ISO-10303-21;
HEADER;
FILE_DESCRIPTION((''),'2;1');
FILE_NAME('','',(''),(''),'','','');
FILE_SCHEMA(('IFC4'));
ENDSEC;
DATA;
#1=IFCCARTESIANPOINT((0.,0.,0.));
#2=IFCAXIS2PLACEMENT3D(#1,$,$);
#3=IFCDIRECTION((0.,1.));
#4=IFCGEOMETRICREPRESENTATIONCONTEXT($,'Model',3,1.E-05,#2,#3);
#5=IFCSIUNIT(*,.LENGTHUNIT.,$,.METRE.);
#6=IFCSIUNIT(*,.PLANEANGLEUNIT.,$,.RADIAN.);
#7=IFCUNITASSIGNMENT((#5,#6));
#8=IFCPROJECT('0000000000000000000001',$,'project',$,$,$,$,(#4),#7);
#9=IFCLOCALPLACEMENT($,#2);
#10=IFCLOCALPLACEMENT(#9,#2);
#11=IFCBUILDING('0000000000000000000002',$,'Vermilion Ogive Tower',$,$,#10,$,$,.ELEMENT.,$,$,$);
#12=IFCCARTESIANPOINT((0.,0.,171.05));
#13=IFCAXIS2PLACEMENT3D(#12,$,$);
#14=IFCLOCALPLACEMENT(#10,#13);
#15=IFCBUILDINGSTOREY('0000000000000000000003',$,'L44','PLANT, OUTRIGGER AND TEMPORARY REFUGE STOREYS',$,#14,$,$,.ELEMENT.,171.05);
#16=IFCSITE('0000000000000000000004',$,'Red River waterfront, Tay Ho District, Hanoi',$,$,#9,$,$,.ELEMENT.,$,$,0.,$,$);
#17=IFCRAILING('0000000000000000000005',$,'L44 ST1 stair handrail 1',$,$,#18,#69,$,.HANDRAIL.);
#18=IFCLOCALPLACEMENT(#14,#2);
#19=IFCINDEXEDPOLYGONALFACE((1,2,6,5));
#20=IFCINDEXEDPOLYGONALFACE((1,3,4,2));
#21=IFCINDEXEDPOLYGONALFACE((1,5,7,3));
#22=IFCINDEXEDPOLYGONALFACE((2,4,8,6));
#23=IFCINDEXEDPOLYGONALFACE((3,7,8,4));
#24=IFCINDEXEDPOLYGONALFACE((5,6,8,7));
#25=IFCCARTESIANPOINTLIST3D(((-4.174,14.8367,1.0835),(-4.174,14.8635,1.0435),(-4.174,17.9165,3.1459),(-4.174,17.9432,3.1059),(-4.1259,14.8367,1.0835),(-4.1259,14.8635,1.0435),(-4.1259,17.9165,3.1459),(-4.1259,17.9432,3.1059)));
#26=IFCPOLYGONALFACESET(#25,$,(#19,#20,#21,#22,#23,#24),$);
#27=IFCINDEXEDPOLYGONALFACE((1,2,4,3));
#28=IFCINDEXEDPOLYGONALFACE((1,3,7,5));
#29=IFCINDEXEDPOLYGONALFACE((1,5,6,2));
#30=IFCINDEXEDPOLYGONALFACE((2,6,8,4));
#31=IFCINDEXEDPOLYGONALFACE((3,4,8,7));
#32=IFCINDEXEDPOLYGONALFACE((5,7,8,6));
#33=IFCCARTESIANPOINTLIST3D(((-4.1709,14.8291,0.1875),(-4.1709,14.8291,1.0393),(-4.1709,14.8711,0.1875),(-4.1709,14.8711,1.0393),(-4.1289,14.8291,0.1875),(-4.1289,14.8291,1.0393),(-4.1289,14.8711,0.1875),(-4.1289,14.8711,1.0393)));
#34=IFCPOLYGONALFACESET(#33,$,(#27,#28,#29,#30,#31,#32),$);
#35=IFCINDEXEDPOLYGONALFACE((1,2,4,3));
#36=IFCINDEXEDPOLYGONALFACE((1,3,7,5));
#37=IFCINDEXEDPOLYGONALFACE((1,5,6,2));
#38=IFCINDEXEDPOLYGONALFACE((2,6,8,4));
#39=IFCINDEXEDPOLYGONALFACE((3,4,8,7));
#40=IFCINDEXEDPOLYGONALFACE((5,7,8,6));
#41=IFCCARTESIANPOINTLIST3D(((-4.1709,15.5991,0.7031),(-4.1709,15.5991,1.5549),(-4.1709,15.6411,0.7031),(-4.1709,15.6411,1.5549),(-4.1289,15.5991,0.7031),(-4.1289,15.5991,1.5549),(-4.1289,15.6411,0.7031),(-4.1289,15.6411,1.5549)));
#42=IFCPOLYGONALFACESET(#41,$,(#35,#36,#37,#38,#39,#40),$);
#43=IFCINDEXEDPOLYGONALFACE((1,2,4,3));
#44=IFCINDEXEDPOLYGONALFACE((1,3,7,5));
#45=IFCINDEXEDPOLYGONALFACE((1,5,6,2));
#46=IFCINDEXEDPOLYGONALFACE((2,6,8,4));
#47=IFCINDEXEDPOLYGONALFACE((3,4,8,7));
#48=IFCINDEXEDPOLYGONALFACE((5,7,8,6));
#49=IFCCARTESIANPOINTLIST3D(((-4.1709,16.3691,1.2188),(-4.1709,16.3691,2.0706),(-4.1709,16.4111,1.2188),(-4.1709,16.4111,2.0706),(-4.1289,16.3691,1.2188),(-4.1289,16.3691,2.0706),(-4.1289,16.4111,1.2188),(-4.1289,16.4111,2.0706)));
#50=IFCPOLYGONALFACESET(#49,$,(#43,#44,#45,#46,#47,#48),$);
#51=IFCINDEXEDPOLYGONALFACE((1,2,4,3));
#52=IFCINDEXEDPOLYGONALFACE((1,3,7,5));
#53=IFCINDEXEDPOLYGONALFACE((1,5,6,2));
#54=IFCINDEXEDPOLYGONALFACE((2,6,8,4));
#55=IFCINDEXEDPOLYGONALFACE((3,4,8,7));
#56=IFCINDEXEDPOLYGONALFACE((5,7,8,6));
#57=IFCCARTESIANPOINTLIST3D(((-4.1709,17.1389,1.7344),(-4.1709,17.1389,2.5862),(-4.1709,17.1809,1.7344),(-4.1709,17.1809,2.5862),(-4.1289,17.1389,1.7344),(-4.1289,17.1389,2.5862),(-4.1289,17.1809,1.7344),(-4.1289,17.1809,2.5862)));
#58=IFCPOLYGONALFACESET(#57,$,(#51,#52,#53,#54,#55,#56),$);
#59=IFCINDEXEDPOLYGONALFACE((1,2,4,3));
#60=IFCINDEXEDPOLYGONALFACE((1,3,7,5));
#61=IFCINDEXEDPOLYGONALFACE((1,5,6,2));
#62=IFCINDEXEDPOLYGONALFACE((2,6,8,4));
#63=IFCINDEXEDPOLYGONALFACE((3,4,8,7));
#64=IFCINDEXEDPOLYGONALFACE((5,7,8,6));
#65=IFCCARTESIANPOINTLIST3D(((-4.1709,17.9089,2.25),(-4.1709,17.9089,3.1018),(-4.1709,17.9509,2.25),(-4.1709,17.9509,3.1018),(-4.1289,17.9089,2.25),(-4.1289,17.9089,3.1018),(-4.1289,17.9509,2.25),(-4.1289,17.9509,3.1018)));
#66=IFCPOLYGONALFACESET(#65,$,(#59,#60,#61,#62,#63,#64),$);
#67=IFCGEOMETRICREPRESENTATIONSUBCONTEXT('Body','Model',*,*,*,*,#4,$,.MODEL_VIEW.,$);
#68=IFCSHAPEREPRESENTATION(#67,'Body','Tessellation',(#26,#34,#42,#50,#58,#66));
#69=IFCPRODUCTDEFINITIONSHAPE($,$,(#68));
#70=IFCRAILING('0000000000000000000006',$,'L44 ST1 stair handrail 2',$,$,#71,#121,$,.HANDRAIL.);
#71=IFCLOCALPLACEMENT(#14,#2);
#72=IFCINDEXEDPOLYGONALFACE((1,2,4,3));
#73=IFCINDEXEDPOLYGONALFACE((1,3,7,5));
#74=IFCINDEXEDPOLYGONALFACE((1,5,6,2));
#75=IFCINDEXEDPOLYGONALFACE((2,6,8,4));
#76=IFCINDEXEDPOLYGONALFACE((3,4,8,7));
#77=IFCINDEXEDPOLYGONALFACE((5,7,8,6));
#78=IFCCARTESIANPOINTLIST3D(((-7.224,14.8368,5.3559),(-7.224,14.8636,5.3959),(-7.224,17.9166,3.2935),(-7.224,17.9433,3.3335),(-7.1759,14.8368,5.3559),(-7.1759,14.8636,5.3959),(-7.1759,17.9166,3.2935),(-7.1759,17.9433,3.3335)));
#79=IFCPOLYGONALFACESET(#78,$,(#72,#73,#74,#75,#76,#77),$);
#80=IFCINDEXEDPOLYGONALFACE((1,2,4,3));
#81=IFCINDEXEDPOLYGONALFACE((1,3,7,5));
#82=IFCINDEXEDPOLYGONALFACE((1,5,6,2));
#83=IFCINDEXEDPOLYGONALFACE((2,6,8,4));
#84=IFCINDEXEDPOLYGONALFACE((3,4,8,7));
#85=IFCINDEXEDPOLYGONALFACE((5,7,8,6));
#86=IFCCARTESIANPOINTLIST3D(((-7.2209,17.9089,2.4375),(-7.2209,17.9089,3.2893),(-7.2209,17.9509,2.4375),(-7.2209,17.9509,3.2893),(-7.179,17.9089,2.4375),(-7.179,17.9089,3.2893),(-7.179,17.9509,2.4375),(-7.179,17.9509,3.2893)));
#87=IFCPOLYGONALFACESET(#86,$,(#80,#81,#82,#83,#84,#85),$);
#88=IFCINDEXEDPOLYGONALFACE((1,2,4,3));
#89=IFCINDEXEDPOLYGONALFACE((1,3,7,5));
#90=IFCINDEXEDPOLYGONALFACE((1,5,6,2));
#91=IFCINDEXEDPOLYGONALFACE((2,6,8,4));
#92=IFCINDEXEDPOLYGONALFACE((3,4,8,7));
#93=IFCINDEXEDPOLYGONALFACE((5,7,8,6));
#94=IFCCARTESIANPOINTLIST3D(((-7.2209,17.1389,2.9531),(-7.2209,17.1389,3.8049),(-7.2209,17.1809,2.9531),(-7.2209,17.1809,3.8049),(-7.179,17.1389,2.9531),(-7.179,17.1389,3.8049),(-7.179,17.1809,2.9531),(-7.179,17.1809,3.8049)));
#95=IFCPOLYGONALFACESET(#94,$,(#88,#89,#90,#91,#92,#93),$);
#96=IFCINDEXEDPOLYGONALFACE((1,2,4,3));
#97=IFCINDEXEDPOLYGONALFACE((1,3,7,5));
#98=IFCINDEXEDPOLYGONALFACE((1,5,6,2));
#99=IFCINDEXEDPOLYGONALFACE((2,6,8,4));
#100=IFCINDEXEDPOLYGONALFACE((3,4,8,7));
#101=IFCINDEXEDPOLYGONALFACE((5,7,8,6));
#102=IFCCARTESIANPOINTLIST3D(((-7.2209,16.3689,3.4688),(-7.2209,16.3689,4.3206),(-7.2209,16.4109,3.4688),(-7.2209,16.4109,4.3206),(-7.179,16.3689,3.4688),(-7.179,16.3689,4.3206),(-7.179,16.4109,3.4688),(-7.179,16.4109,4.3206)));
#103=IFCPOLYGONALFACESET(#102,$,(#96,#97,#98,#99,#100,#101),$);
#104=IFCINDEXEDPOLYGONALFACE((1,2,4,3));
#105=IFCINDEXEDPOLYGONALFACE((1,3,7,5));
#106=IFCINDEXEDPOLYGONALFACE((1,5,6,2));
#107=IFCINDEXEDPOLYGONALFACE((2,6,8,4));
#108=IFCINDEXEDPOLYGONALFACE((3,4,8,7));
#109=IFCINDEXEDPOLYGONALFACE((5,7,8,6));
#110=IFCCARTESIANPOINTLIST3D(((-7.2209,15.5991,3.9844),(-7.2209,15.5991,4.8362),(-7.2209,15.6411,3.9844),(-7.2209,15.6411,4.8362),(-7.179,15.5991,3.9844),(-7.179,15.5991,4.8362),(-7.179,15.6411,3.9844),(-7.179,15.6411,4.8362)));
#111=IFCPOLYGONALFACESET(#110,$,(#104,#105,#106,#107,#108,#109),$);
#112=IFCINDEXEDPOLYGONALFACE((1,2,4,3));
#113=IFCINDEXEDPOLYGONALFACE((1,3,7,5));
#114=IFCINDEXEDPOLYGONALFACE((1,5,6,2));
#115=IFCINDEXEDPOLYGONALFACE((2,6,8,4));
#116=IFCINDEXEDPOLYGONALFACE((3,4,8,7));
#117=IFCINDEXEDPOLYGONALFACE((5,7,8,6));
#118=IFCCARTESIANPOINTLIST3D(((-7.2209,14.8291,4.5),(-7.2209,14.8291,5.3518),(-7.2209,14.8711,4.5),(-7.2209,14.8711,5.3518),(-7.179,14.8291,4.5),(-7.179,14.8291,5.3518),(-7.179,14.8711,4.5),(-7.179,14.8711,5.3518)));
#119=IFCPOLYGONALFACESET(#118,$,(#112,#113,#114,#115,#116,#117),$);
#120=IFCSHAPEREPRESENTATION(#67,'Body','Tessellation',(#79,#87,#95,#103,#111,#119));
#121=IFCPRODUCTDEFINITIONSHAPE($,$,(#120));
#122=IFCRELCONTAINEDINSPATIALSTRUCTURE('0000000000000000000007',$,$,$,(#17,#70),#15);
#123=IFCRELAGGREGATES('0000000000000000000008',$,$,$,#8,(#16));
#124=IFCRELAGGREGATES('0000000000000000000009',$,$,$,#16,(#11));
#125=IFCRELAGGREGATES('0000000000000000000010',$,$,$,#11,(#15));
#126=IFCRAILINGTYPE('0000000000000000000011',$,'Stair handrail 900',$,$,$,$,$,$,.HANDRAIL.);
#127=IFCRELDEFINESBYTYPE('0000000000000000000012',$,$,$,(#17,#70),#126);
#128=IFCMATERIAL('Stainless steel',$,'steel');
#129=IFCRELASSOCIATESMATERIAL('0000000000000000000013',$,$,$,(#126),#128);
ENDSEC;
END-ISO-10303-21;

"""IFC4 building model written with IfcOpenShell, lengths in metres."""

from ifc_helpers import new_model, si_unit, direction, frame, origin, origin_2d, place, context, subcontext, project, spatial, rectangle, extrude, material, type_object, element, save


model = new_model("IFC4")

# Units and contexts
model_context = context("Model", 3, precision=1e-05, world=origin(), true_north=direction((0.0, 1.0)))
body_context = subcontext(model_context, "Body", "Model", "MODEL_VIEW")
ifc_project = project(units=[si_unit("LENGTHUNIT", "METRE"), si_unit("PLANEANGLEUNIT", "RADIAN")], contexts=[model_context])

# Site, building, storey
site_placement = place(None, origin())
site = spatial("IfcSite", under=ifc_project, at=site_placement, Name="Red River waterfront, Tay Ho District, Hanoi", CompositionType="ELEMENT", RefElevation=0.0)
building_placement = place(site_placement, origin())
building = spatial("IfcBuilding", under=site, at=building_placement, Name="Vermilion Ogive Tower", CompositionType="ELEMENT")
storey_placement = place(building_placement, frame((0.0, 0.0, 171.05)))
storey = spatial("IfcBuildingStorey", under=building, at=storey_placement, Name="L44", Description="PLANT, OUTRIGGER AND TEMPORARY REFUGE STOREYS", CompositionType="ELEMENT", Elevation=171.05)

# Railings
ifc_material_1 = material(Name="Stainless steel", Category="steel")
railing_type_1 = type_object("IfcRailingType", Name="Stair handrail 900", PredefinedType="HANDRAIL", material=ifc_material_1)
railing_1_placement = place(storey_placement, frame((-4.1499, 14.8501, 0.1875)))
element("IfcRailing", 1, at=railing_1_placement, inside=storey, type_object=railing_type_1, Name="L44 ST1 stair handrail 1", PredefinedType="HANDRAIL", context=body_context, shape_type="SweptSolid", body=[
    extrude(rectangle(XDim=0.0481, YDim=0.0481, at=origin_2d()), frame((0.0, 0.0, 0.876), z_axis=(0.0, 0.830893, 0.556432), x_axis=(-1.0, 0.0, 0.0)), (0.0, 0.0, 1.0), 3.7065),
    extrude(rectangle(XDim=0.042, YDim=0.042, at=origin_2d()), origin(), (0.0, 0.0, 1.0), 0.8518),
    extrude(rectangle(XDim=0.042, YDim=0.042, at=origin_2d()), frame((0.0, 0.77, 0.5156)), (0.0, 0.0, 1.0), 0.8518),
    extrude(rectangle(XDim=0.042, YDim=0.042, at=origin_2d()), frame((0.0, 1.54, 1.0312)), (0.0, 0.0, 1.0), 0.8518),
    extrude(rectangle(XDim=0.042, YDim=0.042, at=origin_2d()), frame((0.0, 2.3098, 1.5469)), (0.0, 0.0, 1.0), 0.8518),
    extrude(rectangle(XDim=0.042, YDim=0.042, at=origin_2d()), frame((0.0, 3.0798, 2.0625)), (0.0, 0.0, 1.0), 0.8518),
])
railing_2_placement = place(storey_placement, frame((-7.2, 17.9299, 2.4375)))
element("IfcRailing", 2, at=railing_2_placement, inside=storey, type_object=railing_type_1, Name="L44 ST1 stair handrail 2", PredefinedType="HANDRAIL", context=body_context, shape_type="SweptSolid", body=[
    extrude(rectangle(XDim=0.0481, YDim=0.0481, at=origin_2d()), frame((0.0, 0.0, 0.876), z_axis=(0.0, -0.830893, 0.556432), x_axis=(1.0, 0.0, 0.0)), (0.0, 0.0, 1.0), 3.7065),
    extrude(rectangle(XDim=0.042, YDim=0.042, at=origin_2d()), origin(), (0.0, 0.0, 1.0), 0.8518),
    extrude(rectangle(XDim=0.042, YDim=0.042, at=origin_2d()), frame((0.0, -0.77, 0.5156)), (0.0, 0.0, 1.0), 0.8518),
    extrude(rectangle(XDim=0.042, YDim=0.042, at=origin_2d()), frame((0.0, -1.54, 1.0312)), (0.0, 0.0, 1.0), 0.8518),
    extrude(rectangle(XDim=0.042, YDim=0.042, at=origin_2d()), frame((0.0, -2.3098, 1.5469)), (0.0, 0.0, 1.0), 0.8518),
    extrude(rectangle(XDim=0.042, YDim=0.042, at=origin_2d()), frame((0.0, -3.0798, 2.0625)), (0.0, 0.0, 1.0), 0.8518),
])

save(model, "model.ifc")
